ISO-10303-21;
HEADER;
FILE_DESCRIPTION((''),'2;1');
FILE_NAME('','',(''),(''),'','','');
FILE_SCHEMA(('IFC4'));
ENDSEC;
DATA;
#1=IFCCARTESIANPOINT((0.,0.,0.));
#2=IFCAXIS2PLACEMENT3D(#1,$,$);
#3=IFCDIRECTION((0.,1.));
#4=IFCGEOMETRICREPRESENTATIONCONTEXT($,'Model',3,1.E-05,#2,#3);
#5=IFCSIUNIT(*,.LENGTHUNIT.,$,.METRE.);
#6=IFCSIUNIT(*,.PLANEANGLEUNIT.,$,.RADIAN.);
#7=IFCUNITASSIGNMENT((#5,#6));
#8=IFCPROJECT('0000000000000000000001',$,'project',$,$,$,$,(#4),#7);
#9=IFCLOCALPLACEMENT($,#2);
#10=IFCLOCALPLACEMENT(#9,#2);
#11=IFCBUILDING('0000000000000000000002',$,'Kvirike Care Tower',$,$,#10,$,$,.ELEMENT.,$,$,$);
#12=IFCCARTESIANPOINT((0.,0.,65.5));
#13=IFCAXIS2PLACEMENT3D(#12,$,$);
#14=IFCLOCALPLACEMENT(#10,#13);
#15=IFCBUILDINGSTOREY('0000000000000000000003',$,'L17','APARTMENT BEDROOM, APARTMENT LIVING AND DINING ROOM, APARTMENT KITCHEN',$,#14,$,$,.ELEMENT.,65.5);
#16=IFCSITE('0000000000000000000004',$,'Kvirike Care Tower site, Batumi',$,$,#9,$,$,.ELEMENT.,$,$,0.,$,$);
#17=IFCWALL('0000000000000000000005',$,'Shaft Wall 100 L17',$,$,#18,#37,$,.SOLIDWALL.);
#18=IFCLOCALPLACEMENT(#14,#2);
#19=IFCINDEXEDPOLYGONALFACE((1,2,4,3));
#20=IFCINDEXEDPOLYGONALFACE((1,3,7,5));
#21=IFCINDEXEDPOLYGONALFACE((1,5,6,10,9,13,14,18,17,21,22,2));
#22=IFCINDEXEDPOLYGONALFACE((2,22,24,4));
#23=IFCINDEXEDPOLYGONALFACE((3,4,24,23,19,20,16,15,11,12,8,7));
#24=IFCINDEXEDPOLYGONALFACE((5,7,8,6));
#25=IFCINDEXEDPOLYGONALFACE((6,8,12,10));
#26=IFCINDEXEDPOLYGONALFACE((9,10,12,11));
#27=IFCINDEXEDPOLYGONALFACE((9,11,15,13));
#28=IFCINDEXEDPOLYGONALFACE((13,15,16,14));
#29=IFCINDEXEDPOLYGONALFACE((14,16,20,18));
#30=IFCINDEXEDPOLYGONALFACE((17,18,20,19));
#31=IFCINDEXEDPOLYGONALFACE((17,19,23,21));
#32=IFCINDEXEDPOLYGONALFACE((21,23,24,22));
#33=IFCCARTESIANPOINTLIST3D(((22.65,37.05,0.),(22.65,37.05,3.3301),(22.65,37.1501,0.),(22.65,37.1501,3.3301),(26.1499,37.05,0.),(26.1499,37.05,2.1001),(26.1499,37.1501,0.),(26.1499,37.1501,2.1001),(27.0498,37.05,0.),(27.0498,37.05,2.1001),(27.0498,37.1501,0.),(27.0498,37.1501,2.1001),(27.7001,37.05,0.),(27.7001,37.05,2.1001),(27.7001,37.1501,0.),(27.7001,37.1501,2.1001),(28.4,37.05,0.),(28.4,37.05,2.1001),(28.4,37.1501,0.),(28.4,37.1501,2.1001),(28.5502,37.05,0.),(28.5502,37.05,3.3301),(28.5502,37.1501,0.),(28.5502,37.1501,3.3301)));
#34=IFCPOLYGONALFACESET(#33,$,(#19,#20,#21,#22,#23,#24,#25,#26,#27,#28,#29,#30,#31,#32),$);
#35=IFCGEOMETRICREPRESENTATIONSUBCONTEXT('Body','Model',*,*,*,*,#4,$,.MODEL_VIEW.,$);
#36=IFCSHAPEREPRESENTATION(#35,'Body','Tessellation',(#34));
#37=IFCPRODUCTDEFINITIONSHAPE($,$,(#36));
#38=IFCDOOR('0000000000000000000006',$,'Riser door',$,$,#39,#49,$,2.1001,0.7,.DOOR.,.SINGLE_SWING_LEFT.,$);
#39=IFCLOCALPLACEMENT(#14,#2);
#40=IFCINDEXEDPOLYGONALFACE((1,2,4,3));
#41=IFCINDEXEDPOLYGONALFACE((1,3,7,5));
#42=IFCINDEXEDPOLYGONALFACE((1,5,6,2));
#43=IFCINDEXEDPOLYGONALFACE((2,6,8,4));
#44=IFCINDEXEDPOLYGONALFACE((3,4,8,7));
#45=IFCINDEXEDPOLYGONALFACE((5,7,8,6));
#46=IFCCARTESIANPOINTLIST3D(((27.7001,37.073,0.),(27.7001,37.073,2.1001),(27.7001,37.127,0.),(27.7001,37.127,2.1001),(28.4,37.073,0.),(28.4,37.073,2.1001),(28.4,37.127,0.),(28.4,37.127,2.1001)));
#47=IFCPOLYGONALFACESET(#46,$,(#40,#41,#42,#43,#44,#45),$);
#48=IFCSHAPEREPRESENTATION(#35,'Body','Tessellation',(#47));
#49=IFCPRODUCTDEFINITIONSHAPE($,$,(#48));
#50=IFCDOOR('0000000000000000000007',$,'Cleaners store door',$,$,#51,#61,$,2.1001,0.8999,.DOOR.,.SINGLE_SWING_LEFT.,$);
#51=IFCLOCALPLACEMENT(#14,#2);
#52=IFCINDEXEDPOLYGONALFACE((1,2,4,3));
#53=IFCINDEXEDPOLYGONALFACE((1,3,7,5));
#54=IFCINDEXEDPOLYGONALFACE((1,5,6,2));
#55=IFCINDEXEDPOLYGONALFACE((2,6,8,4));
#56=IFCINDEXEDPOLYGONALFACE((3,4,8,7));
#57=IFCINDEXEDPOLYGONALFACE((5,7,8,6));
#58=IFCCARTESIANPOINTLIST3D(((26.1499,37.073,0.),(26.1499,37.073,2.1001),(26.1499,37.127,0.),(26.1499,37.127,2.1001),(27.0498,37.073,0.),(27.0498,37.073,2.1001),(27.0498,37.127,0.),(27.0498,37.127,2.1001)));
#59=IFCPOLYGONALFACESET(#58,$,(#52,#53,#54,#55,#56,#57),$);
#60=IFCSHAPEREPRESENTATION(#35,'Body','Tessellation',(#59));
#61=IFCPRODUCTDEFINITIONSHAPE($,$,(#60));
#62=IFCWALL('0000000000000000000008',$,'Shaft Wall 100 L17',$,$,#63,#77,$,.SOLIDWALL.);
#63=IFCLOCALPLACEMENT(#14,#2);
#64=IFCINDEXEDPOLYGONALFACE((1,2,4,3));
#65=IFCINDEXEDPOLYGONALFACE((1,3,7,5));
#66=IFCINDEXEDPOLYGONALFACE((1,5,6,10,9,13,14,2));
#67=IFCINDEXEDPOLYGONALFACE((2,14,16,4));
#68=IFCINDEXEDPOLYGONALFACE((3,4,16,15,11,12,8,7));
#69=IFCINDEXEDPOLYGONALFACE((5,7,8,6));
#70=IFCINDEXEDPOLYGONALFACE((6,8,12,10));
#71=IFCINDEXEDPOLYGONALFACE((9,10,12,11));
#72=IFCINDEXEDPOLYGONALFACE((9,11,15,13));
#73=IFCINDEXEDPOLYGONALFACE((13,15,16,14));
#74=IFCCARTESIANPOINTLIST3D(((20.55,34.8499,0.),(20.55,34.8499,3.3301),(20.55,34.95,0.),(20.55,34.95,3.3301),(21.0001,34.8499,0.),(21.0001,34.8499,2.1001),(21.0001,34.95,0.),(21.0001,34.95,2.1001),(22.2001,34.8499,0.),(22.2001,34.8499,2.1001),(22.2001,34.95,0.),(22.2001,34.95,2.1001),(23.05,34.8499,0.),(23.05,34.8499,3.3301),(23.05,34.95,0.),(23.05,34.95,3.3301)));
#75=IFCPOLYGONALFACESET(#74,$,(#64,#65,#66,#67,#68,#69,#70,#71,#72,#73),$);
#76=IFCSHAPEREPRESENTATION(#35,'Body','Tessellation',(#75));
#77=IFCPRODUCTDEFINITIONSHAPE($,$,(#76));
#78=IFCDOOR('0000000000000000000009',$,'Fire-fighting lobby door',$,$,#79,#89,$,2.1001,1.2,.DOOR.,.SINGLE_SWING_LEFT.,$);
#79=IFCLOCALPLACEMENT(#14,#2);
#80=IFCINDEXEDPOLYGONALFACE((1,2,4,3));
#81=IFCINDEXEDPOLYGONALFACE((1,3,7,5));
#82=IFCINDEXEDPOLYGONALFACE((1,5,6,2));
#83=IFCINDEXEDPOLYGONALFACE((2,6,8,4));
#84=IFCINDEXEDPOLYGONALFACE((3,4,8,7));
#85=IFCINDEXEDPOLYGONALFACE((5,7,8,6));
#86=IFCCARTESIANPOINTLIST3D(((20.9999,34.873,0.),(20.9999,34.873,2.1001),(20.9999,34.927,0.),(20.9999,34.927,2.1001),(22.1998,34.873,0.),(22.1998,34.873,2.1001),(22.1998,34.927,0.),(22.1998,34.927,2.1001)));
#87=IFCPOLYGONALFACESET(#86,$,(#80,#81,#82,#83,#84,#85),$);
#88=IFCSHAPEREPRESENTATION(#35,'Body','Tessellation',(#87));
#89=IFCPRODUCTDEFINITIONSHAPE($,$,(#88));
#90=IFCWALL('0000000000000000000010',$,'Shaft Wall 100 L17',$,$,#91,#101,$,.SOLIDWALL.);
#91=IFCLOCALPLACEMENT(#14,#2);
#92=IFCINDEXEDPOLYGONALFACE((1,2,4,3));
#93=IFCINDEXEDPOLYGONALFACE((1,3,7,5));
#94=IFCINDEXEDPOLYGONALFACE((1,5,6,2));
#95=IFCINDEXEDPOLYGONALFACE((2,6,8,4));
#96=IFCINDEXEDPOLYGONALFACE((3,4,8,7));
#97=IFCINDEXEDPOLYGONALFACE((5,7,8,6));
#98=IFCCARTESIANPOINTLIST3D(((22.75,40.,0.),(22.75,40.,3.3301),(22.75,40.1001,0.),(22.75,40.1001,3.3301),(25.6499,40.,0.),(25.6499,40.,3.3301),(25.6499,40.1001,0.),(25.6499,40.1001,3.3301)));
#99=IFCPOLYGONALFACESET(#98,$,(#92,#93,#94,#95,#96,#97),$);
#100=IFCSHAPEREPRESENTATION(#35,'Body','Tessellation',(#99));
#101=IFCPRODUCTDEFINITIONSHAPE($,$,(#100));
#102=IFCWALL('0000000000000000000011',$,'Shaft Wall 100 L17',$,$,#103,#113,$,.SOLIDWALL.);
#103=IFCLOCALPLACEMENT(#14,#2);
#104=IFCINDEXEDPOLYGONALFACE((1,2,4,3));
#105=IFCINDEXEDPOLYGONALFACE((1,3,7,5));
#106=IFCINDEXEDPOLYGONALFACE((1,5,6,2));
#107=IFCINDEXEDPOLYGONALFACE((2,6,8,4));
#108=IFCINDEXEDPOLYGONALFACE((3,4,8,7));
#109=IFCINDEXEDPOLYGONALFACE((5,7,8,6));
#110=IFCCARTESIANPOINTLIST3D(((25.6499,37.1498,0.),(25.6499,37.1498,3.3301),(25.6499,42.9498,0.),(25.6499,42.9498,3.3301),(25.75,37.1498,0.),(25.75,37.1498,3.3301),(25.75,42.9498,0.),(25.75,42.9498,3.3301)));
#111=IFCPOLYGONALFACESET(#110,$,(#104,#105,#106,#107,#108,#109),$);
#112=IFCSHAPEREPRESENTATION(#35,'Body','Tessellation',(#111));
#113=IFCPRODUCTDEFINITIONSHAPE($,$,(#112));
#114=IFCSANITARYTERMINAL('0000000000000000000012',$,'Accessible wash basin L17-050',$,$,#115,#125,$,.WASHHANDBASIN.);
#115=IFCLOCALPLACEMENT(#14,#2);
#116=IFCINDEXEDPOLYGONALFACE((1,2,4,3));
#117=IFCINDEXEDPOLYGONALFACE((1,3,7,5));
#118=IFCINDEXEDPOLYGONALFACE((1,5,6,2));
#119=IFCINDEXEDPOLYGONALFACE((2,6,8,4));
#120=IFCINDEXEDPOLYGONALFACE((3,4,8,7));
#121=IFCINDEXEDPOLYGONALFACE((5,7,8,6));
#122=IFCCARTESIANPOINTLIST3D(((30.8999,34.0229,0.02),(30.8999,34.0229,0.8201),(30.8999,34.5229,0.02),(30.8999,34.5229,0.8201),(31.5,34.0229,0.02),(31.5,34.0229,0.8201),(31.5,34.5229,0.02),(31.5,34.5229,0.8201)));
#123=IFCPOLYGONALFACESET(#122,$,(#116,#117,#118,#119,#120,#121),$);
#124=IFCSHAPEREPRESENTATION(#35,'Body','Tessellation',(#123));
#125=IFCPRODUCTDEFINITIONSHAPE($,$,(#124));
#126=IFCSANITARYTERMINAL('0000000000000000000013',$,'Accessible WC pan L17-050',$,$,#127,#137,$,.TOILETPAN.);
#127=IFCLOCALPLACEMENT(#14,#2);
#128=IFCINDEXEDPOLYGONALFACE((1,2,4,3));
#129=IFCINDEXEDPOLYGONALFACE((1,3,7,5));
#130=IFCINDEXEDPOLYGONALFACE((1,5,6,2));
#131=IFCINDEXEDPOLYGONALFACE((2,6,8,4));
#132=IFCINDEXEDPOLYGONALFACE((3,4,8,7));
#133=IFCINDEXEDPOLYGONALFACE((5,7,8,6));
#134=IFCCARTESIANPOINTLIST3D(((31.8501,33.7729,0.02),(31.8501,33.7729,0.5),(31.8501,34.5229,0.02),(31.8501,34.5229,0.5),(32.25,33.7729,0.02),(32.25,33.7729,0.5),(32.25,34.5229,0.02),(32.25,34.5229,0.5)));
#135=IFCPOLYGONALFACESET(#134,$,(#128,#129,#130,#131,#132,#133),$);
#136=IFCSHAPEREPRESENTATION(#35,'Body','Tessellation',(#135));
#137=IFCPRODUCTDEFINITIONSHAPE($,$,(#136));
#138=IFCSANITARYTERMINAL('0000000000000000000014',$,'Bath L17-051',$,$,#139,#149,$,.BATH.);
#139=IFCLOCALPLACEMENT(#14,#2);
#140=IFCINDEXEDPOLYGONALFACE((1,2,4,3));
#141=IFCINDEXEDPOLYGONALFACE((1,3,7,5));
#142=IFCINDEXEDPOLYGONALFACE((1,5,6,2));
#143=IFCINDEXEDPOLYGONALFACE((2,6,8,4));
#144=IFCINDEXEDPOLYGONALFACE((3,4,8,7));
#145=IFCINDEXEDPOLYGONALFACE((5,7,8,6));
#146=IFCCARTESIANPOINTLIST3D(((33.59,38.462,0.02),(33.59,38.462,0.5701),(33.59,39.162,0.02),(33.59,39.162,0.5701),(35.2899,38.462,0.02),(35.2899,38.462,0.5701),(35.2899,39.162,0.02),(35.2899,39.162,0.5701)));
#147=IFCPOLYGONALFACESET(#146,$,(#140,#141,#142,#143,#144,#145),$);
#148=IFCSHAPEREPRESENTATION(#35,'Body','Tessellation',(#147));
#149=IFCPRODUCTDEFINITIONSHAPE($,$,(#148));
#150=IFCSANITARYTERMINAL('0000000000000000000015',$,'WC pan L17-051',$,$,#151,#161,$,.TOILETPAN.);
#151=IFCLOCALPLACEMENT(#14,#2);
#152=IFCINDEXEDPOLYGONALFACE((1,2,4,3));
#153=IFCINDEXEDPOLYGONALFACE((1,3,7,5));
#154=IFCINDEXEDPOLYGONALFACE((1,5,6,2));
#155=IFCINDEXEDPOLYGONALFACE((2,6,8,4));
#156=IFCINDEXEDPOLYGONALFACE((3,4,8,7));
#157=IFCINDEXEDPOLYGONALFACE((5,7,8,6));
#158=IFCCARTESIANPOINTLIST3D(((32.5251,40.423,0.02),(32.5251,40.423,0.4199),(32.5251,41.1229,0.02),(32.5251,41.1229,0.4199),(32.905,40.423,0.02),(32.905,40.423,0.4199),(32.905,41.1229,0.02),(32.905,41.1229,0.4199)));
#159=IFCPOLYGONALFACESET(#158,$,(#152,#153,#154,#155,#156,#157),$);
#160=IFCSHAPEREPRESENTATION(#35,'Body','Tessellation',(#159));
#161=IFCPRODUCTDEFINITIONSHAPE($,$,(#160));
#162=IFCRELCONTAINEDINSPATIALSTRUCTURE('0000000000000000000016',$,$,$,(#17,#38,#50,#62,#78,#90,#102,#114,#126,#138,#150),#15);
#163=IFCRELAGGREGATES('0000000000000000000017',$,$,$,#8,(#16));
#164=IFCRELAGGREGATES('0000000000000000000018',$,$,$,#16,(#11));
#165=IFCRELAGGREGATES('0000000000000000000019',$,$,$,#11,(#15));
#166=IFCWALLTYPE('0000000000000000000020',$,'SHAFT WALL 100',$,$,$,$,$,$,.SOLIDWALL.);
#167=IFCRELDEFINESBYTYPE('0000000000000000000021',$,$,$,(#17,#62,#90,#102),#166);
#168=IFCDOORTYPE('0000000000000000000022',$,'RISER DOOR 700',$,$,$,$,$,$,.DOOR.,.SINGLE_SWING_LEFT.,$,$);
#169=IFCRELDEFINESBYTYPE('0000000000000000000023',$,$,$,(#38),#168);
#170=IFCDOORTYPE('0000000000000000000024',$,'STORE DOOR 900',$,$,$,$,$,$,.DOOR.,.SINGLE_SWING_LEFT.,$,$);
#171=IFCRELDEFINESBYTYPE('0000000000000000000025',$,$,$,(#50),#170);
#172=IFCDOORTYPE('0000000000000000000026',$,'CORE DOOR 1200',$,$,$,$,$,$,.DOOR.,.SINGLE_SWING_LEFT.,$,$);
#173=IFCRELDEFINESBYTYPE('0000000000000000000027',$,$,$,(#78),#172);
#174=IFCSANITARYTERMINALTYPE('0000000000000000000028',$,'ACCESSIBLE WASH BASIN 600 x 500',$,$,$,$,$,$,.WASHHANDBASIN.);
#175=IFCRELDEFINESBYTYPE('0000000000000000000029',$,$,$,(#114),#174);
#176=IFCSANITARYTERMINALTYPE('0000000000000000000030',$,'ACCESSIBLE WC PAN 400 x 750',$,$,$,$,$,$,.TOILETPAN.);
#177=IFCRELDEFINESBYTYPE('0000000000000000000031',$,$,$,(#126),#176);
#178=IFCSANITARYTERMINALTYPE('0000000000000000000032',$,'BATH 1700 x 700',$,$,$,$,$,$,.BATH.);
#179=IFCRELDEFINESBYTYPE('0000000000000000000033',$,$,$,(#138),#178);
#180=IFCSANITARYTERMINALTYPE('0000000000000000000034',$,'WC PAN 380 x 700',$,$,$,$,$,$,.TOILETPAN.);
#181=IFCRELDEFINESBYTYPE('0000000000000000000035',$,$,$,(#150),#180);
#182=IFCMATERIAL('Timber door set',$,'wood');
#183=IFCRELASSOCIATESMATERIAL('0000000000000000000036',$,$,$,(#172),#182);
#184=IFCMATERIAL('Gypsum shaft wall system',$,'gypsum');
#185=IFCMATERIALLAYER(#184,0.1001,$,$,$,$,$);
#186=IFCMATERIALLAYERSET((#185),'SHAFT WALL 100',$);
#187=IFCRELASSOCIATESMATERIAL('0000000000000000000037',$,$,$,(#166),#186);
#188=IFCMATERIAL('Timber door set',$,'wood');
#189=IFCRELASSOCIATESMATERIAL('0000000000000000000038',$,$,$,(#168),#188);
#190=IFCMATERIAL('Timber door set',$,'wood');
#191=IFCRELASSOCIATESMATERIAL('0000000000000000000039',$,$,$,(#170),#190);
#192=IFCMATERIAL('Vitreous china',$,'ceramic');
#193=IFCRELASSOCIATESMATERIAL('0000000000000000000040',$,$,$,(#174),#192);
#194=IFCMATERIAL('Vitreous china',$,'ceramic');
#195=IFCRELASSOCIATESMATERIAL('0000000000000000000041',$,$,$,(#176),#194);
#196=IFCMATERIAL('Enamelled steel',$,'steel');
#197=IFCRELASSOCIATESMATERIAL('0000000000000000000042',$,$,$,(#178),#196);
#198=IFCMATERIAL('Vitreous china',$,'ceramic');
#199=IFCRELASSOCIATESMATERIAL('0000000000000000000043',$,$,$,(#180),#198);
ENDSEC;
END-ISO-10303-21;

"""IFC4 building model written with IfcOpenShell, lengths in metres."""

from ifc_helpers import new_model, si_unit, direction, frame, frame_2d, origin, origin_2d, place, context, subcontext, project, spatial, rectangle, extrude, material, layer, layer_set, type_object, element, fill, save


model = new_model("IFC4")

# Units and contexts
model_context = context("Model", 3, precision=1e-05, world=origin(), true_north=direction((0.0, 1.0)))
body_context = subcontext(model_context, "Body", "Model", "MODEL_VIEW")
ifc_project = project(units=[si_unit("LENGTHUNIT", "METRE"), si_unit("PLANEANGLEUNIT", "RADIAN")], contexts=[model_context])

# Site, building, storey
site_placement = place(None, origin())
site = spatial("IfcSite", under=ifc_project, at=site_placement, Name="Kvirike Care Tower site, Batumi", CompositionType="ELEMENT", RefElevation=0.0)
building_placement = place(site_placement, origin())
building = spatial("IfcBuilding", under=site, at=building_placement, Name="Kvirike Care Tower", CompositionType="ELEMENT")
storey_placement = place(building_placement, frame((0.0, 0.0, 65.5)))
storey = spatial("IfcBuildingStorey", under=building, at=storey_placement, Name="L17", Description="APARTMENT BEDROOM, APARTMENT LIVING AND DINING ROOM, APARTMENT KITCHEN", CompositionType="ELEMENT", Elevation=65.5)

# Shared definitions
ifc_material_1 = material(Name="Timber door set", Category="wood")
door_type_1 = type_object("IfcDoorType", Name="CORE DOOR 1200", OperationType="SINGLE_SWING_LEFT", PredefinedType="DOOR", material=ifc_material_1)

# Shared definitions
ifc_material_2 = material(Name="Gypsum shaft wall system", Category="gypsum")
ifc_layer_1 = layer(ifc_material_2, 0.1001)
ifc_layer_set_1 = layer_set([ifc_layer_1], Name="SHAFT WALL 100")
wall_type_1 = type_object("IfcWallType", Name="SHAFT WALL 100", PredefinedType="SOLIDWALL", material=ifc_layer_set_1)

# Wall, openings, doors
wall_1_placement = place(storey_placement, frame((22.6499, 37.1001, 0.0), z_axis=(0.0, 0.0, 1.0), x_axis=(1.0, 0.0, 0.0)))
wall_1 = element("IfcWall", 1, at=wall_1_placement, inside=storey, type_object=wall_type_1, Name="Shaft Wall 100 L17", PredefinedType="SOLIDWALL", context=body_context, shape_type="SweptSolid", body=[
    extrude(rectangle(XDim=5.9001, YDim=0.1001, at=frame_2d((2.9502, 0.0))), origin(), (0.0, 0.0, 1.0), 3.3301),
])
opening_1_placement = place(wall_1_placement, frame((3.5, 0.0, 0.0)))
opening_1 = element("IfcOpeningElement", 2, at=opening_1_placement, cuts=wall_1, PredefinedType="OPENING", context=body_context, shape_type="SweptSolid", body=[
    extrude(rectangle(XDim=0.8999, YDim=2.1001, at=frame_2d((0.45, 1.05))), frame((0.0, 0.0605, 0.0), z_axis=(0.0, -1.0, 0.0), x_axis=(1.0, 0.0, 0.0)), (0.0, 0.0, 1.0), 0.1211),
])
opening_2_placement = place(wall_1_placement, frame((5.05, 0.0, 0.0)))
opening_2 = element("IfcOpeningElement", 3, at=opening_2_placement, cuts=wall_1, PredefinedType="OPENING", context=body_context, shape_type="SweptSolid", body=[
    extrude(rectangle(XDim=0.7, YDim=2.1001, at=frame_2d((0.3501, 1.05))), frame((0.0, 0.0605, 0.0), z_axis=(0.0, -1.0, 0.0), x_axis=(1.0, 0.0, 0.0)), (0.0, 0.0, 1.0), 0.1211),
])
ifc_material_3 = material(Name="Timber door set", Category="wood")
door_type_2 = type_object("IfcDoorType", Name="RISER DOOR 700", OperationType="SINGLE_SWING_LEFT", PredefinedType="DOOR", material=ifc_material_3)
door_1_placement = place(opening_2_placement, origin())
door_1 = element("IfcDoor", 4, at=door_1_placement, inside=storey, type_object=door_type_2, Name="Riser door", OperationType="SINGLE_SWING_LEFT", OverallHeight=2.1001, OverallWidth=0.7, PredefinedType="DOOR", context=body_context, shape_type="SweptSolid", body=[
    extrude(rectangle(XDim=0.7, YDim=2.1001, at=frame_2d((0.3501, 1.05))), frame((0.0, 0.0269, 0.0), z_axis=(0.0, -1.0, 0.0), x_axis=(1.0, 0.0, 0.0)), (0.0, 0.0, 1.0), 0.054),
])
fill(opening_2, door_1)
ifc_material_4 = material(Name="Timber door set", Category="wood")
door_type_3 = type_object("IfcDoorType", Name="STORE DOOR 900", OperationType="SINGLE_SWING_LEFT", PredefinedType="DOOR", material=ifc_material_4)
door_2_placement = place(opening_1_placement, origin())
door_2 = element("IfcDoor", 5, at=door_2_placement, inside=storey, type_object=door_type_3, Name="Cleaners store door", OperationType="SINGLE_SWING_LEFT", OverallHeight=2.1001, OverallWidth=0.8999, PredefinedType="DOOR", context=body_context, shape_type="SweptSolid", body=[
    extrude(rectangle(XDim=0.8999, YDim=2.1001, at=frame_2d((0.45, 1.05))), frame((0.0, 0.0269, 0.0), z_axis=(0.0, -1.0, 0.0), x_axis=(1.0, 0.0, 0.0)), (0.0, 0.0, 1.0), 0.054),
])
fill(opening_1, door_2)

# Wall, opening, door
wall_2_placement = place(storey_placement, frame((20.55, 34.8999, 0.0), z_axis=(0.0, 0.0, 1.0), x_axis=(1.0, 0.0, 0.0)))
wall_2 = element("IfcWall", 6, at=wall_2_placement, inside=storey, type_object=wall_type_1, Name="Shaft Wall 100 L17", PredefinedType="SOLIDWALL", context=body_context, shape_type="SweptSolid", body=[
    extrude(rectangle(XDim=2.5, YDim=0.1001, at=frame_2d((1.25, 0.0))), origin(), (0.0, 0.0, 1.0), 3.3301),
])
opening_3_placement = place(wall_2_placement, frame((0.45, 0.0, 0.0)))
opening_3 = element("IfcOpeningElement", 7, at=opening_3_placement, cuts=wall_2, PredefinedType="OPENING", context=body_context, shape_type="SweptSolid", body=[
    extrude(rectangle(XDim=1.2, YDim=2.1001, at=frame_2d((0.6001, 1.05))), frame((0.0, 0.0605, 0.0), z_axis=(0.0, -1.0, 0.0), x_axis=(1.0, 0.0, 0.0)), (0.0, 0.0, 1.0), 0.1211),
])
door_3_placement = place(opening_3_placement, frame((1.2, 0.0, 0.0), z_axis=(0.0, 0.0, 1.0), x_axis=(-1.0, 0.0, 0.0)))
door_3 = element("IfcDoor", 8, at=door_3_placement, inside=storey, type_object=door_type_1, Name="Fire-fighting lobby door", OperationType="SINGLE_SWING_LEFT", OverallHeight=2.1001, OverallWidth=1.2, PredefinedType="DOOR", context=body_context, shape_type="SweptSolid", body=[
    extrude(rectangle(XDim=1.2, YDim=2.1001, at=frame_2d((0.6001, 1.05))), frame((0.0, 0.0269, 0.0), z_axis=(0.0, -1.0, 0.0), x_axis=(1.0, 0.0, 0.0)), (0.0, 0.0, 1.0), 0.054),
])
fill(opening_3, door_3)

# Walls
wall_3_placement = place(storey_placement, frame((22.75, 40.05, 0.0), z_axis=(0.0, 0.0, 1.0), x_axis=(1.0, 0.0, 0.0)))
element("IfcWall", 9, at=wall_3_placement, inside=storey, type_object=wall_type_1, Name="Shaft Wall 100 L17", PredefinedType="SOLIDWALL", context=body_context, shape_type="SweptSolid", body=[
    extrude(rectangle(XDim=2.8999, YDim=0.1001, at=frame_2d((1.45, 0.0))), origin(), (0.0, 0.0, 1.0), 3.3301),
])
wall_4_placement = place(storey_placement, frame((25.7, 37.1499, 0.0), z_axis=(0.0, 0.0, 1.0), x_axis=(0.0, 1.0, 0.0)))
element("IfcWall", 10, at=wall_4_placement, inside=storey, type_object=wall_type_1, Name="Shaft Wall 100 L17", PredefinedType="SOLIDWALL", context=body_context, shape_type="SweptSolid", body=[
    extrude(rectangle(XDim=5.8, YDim=0.1001, at=frame_2d((2.8999, 0.0))), origin(), (0.0, 0.0, 1.0), 3.3301),
])

# Sanitary terminals
ifc_material_5 = material(Name="Vitreous china", Category="ceramic")
sanitary_terminal_type_1 = type_object("IfcSanitaryTerminalType", Name="ACCESSIBLE WASH BASIN 600 x 500", PredefinedType="WASHHANDBASIN", material=ifc_material_5)
sanitary_terminal_1_placement = place(storey_placement, frame((31.2, 34.2729, 0.02), z_axis=(0.0, 0.0, 1.0), x_axis=(1.0, 0.0, 0.0)))
element("IfcSanitaryTerminal", 11, at=sanitary_terminal_1_placement, inside=storey, type_object=sanitary_terminal_type_1, Name="Accessible wash basin L17-050", PredefinedType="WASHHANDBASIN", context=body_context, shape_type="SweptSolid", body=[
    extrude(rectangle(XDim=0.6001, YDim=0.5, at=origin_2d()), origin(), (0.0, 0.0, 1.0), 0.8),
])
ifc_material_6 = material(Name="Vitreous china", Category="ceramic")
sanitary_terminal_type_2 = type_object("IfcSanitaryTerminalType", Name="ACCESSIBLE WC PAN 400 x 750", PredefinedType="TOILETPAN", material=ifc_material_6)
sanitary_terminal_2_placement = place(storey_placement, frame((32.05, 34.1479, 0.02), z_axis=(0.0, 0.0, 1.0), x_axis=(1.0, 0.0, 0.0)))
element("IfcSanitaryTerminal", 12, at=sanitary_terminal_2_placement, inside=storey, type_object=sanitary_terminal_type_2, Name="Accessible WC pan L17-050", PredefinedType="TOILETPAN", context=body_context, shape_type="SweptSolid", body=[
    extrude(rectangle(XDim=0.3999, YDim=0.75, at=origin_2d()), origin(), (0.0, 0.0, 1.0), 0.48),
])
ifc_material_7 = material(Name="Enamelled steel", Category="steel")
sanitary_terminal_type_3 = type_object("IfcSanitaryTerminalType", Name="BATH 1700 x 700", PredefinedType="BATH", material=ifc_material_7)
sanitary_terminal_3_placement = place(storey_placement, frame((34.4399, 38.812, 0.02), z_axis=(0.0, 0.0, 1.0), x_axis=(-1.0, 0.0, 0.0)))
element("IfcSanitaryTerminal", 13, at=sanitary_terminal_3_placement, inside=storey, type_object=sanitary_terminal_type_3, Name="Bath L17-051", PredefinedType="BATH", context=body_context, shape_type="SweptSolid", body=[
    extrude(rectangle(XDim=1.7, YDim=0.7, at=origin_2d()), origin(), (0.0, 0.0, 1.0), 0.55),
])
ifc_material_8 = material(Name="Vitreous china", Category="ceramic")
sanitary_terminal_type_4 = type_object("IfcSanitaryTerminalType", Name="WC PAN 380 x 700", PredefinedType="TOILETPAN", material=ifc_material_8)
sanitary_terminal_4_placement = place(storey_placement, frame((32.7151, 40.7729, 0.02), z_axis=(0.0, 0.0, 1.0), x_axis=(1.0, 0.0, 0.0)))
element("IfcSanitaryTerminal", 14, at=sanitary_terminal_4_placement, inside=storey, type_object=sanitary_terminal_type_4, Name="WC pan L17-051", PredefinedType="TOILETPAN", context=body_context, shape_type="SweptSolid", body=[
    extrude(rectangle(XDim=0.3799, YDim=0.7, at=origin_2d()), origin(), (0.0, 0.0, 1.0), 0.3999),
])

save(model, "model.ifc")
